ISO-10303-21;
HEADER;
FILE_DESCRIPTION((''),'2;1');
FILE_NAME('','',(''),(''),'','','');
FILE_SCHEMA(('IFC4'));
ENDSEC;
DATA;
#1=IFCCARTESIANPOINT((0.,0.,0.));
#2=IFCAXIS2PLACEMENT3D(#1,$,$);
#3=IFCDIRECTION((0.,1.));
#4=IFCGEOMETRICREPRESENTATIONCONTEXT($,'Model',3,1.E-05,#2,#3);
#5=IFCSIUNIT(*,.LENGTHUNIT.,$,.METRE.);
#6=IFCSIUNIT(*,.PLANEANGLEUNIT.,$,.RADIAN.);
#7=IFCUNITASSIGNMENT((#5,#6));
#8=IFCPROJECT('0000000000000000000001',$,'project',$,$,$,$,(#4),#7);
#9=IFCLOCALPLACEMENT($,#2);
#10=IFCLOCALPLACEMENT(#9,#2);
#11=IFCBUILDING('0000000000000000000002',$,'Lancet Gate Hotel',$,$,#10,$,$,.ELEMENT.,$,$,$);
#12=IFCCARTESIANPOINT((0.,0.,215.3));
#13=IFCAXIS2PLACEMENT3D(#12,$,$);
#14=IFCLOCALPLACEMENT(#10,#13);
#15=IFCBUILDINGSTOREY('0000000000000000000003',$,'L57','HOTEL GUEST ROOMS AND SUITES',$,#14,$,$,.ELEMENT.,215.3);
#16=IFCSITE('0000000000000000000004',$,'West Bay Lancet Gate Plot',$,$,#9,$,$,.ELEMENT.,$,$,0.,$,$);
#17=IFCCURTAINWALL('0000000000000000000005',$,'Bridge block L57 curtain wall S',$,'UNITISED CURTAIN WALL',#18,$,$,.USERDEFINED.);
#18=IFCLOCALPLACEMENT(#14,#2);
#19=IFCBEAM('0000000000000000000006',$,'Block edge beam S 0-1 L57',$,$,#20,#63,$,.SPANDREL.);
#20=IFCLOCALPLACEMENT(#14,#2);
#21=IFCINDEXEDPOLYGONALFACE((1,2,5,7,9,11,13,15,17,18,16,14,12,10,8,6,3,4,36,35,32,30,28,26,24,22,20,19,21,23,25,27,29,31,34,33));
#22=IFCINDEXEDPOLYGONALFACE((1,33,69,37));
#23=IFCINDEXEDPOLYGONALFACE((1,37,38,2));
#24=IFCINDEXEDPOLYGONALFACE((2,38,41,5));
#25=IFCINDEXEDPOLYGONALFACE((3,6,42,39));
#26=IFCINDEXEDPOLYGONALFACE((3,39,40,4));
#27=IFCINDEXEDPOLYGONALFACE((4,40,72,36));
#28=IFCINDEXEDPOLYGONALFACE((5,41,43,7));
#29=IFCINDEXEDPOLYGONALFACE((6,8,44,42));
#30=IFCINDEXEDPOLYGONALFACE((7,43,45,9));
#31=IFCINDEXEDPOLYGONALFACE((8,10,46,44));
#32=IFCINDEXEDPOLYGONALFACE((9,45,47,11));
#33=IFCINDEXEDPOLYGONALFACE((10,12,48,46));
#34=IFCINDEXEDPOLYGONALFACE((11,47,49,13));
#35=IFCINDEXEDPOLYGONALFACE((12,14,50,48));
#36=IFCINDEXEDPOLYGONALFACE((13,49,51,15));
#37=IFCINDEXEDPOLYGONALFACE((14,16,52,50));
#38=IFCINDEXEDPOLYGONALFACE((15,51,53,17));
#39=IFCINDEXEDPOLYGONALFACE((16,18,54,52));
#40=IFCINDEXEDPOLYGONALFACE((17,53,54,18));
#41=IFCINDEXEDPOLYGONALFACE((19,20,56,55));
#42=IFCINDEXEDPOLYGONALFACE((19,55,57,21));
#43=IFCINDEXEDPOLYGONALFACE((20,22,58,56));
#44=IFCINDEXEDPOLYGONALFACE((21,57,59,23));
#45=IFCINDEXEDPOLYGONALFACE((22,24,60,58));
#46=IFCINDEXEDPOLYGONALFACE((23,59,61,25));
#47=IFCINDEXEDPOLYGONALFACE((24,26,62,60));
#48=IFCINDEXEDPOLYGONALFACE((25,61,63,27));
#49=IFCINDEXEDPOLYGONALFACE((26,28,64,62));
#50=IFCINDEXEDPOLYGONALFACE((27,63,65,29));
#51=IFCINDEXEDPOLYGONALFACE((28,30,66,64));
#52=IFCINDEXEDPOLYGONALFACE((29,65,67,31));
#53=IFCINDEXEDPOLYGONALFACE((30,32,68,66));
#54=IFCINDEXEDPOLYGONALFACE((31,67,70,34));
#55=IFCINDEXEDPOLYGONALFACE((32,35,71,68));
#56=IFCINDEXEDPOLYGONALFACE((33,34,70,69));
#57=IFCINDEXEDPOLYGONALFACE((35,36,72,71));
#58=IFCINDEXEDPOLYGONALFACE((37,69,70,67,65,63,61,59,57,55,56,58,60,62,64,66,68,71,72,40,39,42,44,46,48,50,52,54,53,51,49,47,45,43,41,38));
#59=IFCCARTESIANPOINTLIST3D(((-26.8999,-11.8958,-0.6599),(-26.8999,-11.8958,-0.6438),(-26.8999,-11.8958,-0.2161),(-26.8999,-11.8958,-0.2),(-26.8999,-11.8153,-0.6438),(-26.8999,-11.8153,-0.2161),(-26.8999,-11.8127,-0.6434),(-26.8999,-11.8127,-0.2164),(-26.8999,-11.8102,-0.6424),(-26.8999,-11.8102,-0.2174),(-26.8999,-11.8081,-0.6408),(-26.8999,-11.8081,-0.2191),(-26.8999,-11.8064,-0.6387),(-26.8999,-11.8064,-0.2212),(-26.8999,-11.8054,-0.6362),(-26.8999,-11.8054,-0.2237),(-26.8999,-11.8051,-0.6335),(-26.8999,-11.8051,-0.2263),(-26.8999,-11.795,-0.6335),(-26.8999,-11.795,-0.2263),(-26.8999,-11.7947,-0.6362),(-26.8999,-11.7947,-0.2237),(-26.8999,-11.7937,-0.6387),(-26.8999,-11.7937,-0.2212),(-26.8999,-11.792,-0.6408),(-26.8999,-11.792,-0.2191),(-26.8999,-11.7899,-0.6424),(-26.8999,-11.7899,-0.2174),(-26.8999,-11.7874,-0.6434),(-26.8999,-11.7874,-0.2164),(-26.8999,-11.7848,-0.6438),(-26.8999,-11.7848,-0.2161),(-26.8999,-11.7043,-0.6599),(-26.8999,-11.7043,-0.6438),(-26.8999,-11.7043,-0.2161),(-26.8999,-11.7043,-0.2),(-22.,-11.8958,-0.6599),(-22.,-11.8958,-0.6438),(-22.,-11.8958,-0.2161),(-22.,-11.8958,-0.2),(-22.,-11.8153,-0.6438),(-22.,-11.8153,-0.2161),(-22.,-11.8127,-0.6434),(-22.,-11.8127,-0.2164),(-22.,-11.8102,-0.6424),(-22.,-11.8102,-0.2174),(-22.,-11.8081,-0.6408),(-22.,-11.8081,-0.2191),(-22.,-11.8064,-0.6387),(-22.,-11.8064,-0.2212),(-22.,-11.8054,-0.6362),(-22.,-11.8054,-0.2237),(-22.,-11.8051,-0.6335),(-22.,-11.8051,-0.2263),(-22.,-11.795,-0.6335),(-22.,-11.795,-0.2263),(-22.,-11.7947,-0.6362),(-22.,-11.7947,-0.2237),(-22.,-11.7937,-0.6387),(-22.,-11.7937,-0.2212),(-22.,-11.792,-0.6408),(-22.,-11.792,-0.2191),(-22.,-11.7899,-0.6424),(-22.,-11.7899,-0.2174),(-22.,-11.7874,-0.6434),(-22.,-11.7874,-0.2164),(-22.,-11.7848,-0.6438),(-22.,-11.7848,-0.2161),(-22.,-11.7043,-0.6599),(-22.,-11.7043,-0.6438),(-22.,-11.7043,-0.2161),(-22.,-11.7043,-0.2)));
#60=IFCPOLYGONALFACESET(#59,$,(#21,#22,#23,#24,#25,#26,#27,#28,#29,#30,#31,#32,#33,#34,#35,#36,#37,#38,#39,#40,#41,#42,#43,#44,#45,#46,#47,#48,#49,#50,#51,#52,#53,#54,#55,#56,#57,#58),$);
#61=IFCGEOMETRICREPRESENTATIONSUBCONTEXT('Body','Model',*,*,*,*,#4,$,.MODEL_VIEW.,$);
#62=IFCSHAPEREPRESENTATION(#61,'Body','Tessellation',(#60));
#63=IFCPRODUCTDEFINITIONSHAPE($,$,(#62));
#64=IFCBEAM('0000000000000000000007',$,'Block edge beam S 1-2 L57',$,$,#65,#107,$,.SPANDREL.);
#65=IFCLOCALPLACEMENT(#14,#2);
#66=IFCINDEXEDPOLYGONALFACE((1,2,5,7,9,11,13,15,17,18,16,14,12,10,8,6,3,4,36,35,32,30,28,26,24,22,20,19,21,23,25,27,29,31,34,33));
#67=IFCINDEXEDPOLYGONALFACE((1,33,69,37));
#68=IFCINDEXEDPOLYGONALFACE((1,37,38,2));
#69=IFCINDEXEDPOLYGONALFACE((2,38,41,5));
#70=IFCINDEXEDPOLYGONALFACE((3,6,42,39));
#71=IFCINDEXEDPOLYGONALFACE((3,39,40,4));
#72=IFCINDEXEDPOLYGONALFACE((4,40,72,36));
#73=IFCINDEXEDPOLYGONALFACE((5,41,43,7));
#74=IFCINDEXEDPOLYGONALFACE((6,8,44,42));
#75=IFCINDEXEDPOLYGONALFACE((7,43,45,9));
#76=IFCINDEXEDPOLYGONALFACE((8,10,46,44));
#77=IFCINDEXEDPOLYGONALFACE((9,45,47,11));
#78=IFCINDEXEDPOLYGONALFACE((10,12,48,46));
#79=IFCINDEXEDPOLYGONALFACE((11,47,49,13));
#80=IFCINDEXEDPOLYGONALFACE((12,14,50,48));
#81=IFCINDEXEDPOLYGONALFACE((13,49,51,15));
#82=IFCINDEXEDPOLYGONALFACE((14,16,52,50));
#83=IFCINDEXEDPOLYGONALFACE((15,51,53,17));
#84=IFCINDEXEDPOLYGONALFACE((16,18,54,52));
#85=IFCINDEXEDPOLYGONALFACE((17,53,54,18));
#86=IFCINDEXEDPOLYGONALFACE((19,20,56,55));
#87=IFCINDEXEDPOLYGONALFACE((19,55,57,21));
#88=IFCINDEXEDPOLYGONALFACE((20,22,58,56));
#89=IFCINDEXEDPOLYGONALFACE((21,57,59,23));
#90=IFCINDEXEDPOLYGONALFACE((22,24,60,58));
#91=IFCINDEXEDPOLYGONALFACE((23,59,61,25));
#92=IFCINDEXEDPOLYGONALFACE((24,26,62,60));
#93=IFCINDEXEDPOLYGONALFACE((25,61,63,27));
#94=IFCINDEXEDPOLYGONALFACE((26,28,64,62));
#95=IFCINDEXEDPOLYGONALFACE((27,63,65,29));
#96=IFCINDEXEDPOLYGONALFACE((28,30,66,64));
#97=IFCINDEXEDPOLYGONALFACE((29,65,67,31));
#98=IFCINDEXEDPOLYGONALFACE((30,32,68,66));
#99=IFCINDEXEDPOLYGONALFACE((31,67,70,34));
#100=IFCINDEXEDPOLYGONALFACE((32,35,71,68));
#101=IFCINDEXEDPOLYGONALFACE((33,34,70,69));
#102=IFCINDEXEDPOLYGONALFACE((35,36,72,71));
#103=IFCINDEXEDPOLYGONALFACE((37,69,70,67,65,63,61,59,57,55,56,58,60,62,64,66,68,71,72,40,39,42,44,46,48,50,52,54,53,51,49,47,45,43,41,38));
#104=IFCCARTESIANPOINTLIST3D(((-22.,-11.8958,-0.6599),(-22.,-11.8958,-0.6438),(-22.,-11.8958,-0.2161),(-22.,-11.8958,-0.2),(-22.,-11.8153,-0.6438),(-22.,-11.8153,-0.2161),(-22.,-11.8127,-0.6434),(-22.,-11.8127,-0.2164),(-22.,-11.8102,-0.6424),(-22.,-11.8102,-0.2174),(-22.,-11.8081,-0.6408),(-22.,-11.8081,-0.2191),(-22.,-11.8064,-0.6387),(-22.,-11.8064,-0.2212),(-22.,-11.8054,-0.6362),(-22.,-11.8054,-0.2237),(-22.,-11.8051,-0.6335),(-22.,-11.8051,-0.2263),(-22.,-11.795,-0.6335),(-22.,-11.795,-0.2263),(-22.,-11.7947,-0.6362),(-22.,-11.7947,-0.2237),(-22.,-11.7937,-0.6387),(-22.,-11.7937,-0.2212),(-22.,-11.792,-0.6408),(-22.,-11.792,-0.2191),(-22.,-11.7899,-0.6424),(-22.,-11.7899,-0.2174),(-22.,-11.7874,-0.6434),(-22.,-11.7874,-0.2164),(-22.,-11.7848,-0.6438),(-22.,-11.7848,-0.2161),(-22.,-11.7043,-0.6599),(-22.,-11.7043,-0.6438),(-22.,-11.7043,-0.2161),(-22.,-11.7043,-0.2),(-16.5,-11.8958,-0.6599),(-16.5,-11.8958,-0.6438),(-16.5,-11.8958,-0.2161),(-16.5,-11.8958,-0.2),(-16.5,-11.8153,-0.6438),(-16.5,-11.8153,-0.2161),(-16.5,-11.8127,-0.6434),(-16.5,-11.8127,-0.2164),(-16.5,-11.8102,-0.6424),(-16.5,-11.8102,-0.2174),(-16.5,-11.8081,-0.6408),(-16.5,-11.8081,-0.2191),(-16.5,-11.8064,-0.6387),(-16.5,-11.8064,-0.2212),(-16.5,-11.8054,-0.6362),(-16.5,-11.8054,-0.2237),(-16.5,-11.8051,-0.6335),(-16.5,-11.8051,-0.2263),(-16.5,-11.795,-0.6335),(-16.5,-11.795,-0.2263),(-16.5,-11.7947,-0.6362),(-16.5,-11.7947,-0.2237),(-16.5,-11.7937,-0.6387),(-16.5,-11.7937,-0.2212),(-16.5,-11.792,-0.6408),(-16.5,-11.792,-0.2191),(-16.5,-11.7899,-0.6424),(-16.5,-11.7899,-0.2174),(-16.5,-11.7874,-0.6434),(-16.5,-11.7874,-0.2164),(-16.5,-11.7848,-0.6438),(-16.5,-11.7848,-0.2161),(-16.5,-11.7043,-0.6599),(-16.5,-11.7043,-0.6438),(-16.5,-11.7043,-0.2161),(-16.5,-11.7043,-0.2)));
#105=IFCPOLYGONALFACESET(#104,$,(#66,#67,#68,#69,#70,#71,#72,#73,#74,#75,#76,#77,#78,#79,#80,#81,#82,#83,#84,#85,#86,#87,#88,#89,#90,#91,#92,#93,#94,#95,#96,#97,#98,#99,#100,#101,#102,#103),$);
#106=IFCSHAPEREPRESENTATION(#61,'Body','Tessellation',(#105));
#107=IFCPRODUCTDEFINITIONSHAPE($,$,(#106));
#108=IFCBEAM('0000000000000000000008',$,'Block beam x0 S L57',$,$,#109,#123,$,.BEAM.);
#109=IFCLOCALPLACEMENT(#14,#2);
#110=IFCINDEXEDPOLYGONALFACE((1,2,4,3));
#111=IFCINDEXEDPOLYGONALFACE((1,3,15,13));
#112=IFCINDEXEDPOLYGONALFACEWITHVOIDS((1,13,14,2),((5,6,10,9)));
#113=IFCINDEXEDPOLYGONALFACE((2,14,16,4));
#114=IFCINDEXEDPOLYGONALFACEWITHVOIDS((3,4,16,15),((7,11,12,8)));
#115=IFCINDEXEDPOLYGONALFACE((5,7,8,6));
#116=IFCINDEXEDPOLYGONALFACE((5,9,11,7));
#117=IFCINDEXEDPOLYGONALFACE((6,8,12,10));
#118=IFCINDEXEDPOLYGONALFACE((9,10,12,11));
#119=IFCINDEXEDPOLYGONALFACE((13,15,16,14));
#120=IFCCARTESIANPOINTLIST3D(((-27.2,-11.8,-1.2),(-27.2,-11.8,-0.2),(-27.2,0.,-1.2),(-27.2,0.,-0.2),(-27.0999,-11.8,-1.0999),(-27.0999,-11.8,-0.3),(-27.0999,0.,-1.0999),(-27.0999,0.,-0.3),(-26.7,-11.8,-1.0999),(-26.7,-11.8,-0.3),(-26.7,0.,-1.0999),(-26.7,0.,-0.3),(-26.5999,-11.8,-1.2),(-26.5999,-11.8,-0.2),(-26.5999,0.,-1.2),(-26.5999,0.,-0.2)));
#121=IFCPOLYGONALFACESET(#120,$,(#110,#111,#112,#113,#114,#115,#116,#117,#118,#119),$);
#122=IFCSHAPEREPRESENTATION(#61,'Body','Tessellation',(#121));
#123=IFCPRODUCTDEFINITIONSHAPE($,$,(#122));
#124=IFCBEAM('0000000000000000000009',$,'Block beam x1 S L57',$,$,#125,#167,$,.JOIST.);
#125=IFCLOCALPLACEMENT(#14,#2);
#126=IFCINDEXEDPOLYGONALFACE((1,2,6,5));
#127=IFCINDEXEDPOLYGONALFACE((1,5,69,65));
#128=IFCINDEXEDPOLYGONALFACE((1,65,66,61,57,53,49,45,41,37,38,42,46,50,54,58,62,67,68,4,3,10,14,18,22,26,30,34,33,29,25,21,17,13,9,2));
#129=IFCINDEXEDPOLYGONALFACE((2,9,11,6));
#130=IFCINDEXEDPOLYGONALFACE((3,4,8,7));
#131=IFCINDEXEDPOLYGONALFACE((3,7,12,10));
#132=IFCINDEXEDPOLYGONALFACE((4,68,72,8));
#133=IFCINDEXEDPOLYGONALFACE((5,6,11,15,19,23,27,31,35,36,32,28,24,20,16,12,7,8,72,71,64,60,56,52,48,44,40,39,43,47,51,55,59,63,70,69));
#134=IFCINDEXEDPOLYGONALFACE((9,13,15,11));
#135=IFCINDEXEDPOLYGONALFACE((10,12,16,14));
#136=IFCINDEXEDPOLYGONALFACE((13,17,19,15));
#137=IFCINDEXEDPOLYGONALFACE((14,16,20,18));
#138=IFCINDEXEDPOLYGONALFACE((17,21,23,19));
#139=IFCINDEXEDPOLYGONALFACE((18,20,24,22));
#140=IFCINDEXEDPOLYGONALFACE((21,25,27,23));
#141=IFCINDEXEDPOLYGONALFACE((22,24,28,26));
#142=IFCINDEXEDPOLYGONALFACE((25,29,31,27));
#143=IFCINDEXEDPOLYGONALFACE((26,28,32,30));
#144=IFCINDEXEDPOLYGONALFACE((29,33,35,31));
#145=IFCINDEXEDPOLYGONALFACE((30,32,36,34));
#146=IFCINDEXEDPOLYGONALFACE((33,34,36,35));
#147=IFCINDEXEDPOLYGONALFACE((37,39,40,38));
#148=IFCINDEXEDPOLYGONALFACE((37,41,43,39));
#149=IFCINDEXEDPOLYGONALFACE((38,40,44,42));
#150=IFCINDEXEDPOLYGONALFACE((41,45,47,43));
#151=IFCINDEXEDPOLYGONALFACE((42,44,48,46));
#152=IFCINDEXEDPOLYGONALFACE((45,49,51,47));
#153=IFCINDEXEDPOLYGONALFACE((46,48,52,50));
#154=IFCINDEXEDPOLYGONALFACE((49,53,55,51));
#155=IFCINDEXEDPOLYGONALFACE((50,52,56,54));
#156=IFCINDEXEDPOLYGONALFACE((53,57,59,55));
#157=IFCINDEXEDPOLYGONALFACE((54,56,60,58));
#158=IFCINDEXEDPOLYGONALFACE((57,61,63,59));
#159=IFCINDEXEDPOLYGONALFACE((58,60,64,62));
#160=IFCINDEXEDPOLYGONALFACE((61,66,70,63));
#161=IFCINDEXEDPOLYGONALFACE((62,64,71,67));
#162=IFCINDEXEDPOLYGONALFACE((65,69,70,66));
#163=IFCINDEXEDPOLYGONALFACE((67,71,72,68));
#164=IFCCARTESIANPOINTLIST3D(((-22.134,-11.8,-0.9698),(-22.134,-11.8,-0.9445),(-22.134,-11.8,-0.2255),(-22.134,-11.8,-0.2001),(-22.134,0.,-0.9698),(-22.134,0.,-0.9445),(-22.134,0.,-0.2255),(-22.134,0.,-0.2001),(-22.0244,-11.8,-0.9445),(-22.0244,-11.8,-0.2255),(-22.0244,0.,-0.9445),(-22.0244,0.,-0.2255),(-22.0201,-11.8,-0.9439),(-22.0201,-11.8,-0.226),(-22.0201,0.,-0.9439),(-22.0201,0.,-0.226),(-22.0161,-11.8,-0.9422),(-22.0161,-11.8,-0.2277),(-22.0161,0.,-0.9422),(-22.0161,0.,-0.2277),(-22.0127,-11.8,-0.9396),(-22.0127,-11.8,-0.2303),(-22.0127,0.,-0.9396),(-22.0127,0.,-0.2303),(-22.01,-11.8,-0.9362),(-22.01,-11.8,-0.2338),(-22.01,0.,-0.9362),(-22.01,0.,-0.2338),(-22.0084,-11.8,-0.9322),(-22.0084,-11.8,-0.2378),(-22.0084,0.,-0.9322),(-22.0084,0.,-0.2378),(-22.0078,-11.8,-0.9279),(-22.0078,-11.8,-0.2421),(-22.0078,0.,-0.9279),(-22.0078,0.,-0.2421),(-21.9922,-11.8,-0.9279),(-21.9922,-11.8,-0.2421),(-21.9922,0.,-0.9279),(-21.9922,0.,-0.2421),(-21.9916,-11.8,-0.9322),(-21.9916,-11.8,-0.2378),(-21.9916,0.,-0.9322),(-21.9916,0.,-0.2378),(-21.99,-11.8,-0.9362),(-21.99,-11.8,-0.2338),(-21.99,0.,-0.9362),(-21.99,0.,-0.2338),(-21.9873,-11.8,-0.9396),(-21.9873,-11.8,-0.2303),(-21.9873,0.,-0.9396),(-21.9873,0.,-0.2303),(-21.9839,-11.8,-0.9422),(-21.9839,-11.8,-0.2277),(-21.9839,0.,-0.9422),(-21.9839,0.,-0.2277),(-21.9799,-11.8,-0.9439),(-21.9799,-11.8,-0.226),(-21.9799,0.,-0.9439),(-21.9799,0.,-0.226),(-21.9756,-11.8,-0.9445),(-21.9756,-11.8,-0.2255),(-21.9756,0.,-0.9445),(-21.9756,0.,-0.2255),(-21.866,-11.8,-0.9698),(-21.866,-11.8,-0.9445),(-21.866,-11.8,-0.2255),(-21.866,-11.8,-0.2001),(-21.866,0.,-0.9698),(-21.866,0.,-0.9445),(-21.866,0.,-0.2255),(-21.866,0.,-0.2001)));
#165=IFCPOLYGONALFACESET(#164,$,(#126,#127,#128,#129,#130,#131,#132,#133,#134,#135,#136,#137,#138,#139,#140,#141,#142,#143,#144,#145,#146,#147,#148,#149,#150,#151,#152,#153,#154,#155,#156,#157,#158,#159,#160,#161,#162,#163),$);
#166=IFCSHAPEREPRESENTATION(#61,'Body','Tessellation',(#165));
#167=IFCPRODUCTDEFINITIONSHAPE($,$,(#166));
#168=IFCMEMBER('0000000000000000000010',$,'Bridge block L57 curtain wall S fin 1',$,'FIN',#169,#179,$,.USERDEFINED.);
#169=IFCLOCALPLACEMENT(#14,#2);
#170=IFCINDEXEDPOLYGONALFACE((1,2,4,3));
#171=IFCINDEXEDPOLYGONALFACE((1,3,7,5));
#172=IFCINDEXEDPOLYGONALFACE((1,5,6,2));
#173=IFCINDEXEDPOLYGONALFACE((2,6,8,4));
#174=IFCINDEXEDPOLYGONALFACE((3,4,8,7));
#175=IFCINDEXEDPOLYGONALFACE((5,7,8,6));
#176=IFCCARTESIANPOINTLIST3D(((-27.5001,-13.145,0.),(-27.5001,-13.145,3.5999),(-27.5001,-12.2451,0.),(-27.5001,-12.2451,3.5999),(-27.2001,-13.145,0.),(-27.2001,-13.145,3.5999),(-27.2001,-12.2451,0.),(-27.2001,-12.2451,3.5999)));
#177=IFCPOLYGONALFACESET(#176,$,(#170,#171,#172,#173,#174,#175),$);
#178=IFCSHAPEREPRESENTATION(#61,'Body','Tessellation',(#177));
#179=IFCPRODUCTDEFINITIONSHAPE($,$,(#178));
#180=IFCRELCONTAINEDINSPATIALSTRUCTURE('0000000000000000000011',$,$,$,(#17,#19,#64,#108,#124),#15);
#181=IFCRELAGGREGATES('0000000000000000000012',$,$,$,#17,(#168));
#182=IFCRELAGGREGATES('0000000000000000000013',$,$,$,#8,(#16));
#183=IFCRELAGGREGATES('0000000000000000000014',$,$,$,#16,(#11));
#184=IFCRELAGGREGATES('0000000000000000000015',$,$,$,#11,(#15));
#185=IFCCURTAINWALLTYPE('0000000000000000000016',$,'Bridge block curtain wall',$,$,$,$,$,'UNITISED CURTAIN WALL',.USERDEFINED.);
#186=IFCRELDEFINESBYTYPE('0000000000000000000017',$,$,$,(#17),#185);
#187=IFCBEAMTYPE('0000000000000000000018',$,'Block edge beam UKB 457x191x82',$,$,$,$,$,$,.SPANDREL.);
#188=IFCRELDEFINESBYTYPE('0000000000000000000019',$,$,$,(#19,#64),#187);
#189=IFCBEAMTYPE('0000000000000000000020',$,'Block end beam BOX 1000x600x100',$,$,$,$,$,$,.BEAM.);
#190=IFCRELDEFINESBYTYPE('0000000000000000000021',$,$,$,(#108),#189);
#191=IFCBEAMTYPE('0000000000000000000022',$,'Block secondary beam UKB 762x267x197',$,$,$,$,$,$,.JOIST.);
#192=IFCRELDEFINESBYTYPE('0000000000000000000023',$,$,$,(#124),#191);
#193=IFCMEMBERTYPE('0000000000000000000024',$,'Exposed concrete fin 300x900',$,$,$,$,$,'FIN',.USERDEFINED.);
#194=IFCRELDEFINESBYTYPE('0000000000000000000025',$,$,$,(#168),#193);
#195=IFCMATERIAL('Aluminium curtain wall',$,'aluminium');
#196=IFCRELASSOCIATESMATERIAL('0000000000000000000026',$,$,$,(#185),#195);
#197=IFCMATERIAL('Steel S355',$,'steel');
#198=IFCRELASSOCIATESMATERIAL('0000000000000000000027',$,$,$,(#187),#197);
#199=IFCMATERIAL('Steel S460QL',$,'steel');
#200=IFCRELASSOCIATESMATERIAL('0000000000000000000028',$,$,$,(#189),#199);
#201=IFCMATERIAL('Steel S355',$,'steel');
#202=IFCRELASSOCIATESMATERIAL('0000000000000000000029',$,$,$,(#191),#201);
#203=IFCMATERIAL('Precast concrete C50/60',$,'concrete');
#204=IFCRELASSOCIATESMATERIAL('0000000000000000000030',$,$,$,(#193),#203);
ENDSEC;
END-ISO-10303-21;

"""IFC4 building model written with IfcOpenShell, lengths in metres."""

from ifc_helpers import new_model, si_unit, direction, frame, origin, origin_2d, place, context, subcontext, project, spatial, rectangle, hollow_rectangle, i_section, extrude, material, material_profile, profile_set, type_object, element, aggregate, save


model = new_model("IFC4")

# Units and contexts
model_context = context("Model", 3, precision=1e-05, world=origin(), true_north=direction((0.0, 1.0)))
body_context = subcontext(model_context, "Body", "Model", "MODEL_VIEW")
ifc_project = project(units=[si_unit("LENGTHUNIT", "METRE"), si_unit("PLANEANGLEUNIT", "RADIAN")], contexts=[model_context])

# Site, building, storey
site_placement = place(None, origin())
site = spatial("IfcSite", under=ifc_project, at=site_placement, Name="West Bay Lancet Gate Plot", CompositionType="ELEMENT", RefElevation=0.0)
building_placement = place(site_placement, origin())
building = spatial("IfcBuilding", under=site, at=building_placement, Name="Lancet Gate Hotel", CompositionType="ELEMENT")
storey_placement = place(building_placement, frame((0.0, 0.0, 215.3)))
storey = spatial("IfcBuildingStorey", under=building, at=storey_placement, Name="L57", Description="HOTEL GUEST ROOMS AND SUITES", CompositionType="ELEMENT", Elevation=215.3)

# Curtain wall
ifc_material_1 = material(Name="Aluminium curtain wall", Category="aluminium")
curtain_wall_type_1 = type_object("IfcCurtainWallType", Name="Bridge block curtain wall", ElementType="UNITISED CURTAIN WALL", PredefinedType="USERDEFINED", material=ifc_material_1)
curtain_wall_1_placement = place(storey_placement, origin())
curtain_wall_1 = element("IfcCurtainWall", 1, at=curtain_wall_1_placement, inside=storey, type_object=curtain_wall_type_1, Name="Bridge block L57 curtain wall S", ObjectType="UNITISED CURTAIN WALL", PredefinedType="USERDEFINED")

# Beams
ifc_material_2 = material(Name="Steel S355", Category="steel")
ifc_material_profile_1 = material_profile(ifc_material_2, i_section(OverallWidth=0.1914, OverallDepth=0.46, WebThickness=0.01, FlangeThickness=0.0161, FilletRadius=0.0103, at=origin_2d()), Name="UKB 457x191x82")
ifc_profile_set_1 = profile_set([ifc_material_profile_1], Name="Steel S355")
beam_type_1 = type_object("IfcBeamType", Name="Block edge beam UKB 457x191x82", PredefinedType="SPANDREL", material=ifc_profile_set_1)
beam_1_placement = place(storey_placement, frame((-26.8999, -11.8, -0.4299), z_axis=(1.0, 0.0, 0.0), x_axis=(0.0, 1.0, 0.0)))
element("IfcBeam", 2, at=beam_1_placement, inside=storey, type_object=beam_type_1, Name="Block edge beam S 0-1 L57", PredefinedType="SPANDREL", context=body_context, shape_type="SweptSolid", body=[
    extrude(i_section(OverallWidth=0.1914, OverallDepth=0.46, WebThickness=0.01, FlangeThickness=0.0161, FilletRadius=0.0103, at=origin_2d()), origin(), (0.0, 0.0, 1.0), 4.8999),
])
beam_2_placement = place(storey_placement, frame((-22.0, -11.8, -0.4299), z_axis=(1.0, 0.0, 0.0), x_axis=(0.0, 1.0, 0.0)))
element("IfcBeam", 3, at=beam_2_placement, inside=storey, type_object=beam_type_1, Name="Block edge beam S 1-2 L57", PredefinedType="SPANDREL", context=body_context, shape_type="SweptSolid", body=[
    extrude(i_section(OverallWidth=0.1914, OverallDepth=0.46, WebThickness=0.01, FlangeThickness=0.0161, FilletRadius=0.0103, at=origin_2d()), origin(), (0.0, 0.0, 1.0), 5.5),
])
ifc_material_3 = material(Name="Steel S460QL", Category="steel")
ifc_material_profile_2 = material_profile(ifc_material_3, hollow_rectangle(XDim=0.6001, YDim=1.0, WallThickness=0.1001, at=origin_2d()), Name="BOX 1000x600x100")
ifc_profile_set_2 = profile_set([ifc_material_profile_2], Name="Steel S460QL")
beam_type_2 = type_object("IfcBeamType", Name="Block end beam BOX 1000x600x100", PredefinedType="BEAM", material=ifc_profile_set_2)
beam_3_placement = place(storey_placement, frame((-26.8999, -11.8, -0.7), z_axis=(0.0, 1.0, 0.0), x_axis=(-1.0, 0.0, 0.0)))
element("IfcBeam", 4, at=beam_3_placement, inside=storey, type_object=beam_type_2, Name="Block beam x0 S L57", PredefinedType="BEAM", context=body_context, shape_type="SweptSolid", body=[
    extrude(hollow_rectangle(XDim=0.6001, YDim=1.0, WallThickness=0.1001, at=origin_2d()), origin(), (0.0, 0.0, 1.0), 11.8),
])
ifc_material_4 = material(Name="Steel S355", Category="steel")
ifc_material_profile_3 = material_profile(ifc_material_4, i_section(OverallWidth=0.2681, OverallDepth=0.7698, WebThickness=0.0156, FlangeThickness=0.0254, FilletRadius=0.0166, at=origin_2d()), Name="UKB 762x267x197")
ifc_profile_set_3 = profile_set([ifc_material_profile_3], Name="Steel S355")
beam_type_3 = type_object("IfcBeamType", Name="Block secondary beam UKB 762x267x197", PredefinedType="JOIST", material=ifc_profile_set_3)
beam_4_placement = place(storey_placement, frame((-22.0, -11.8, -0.585), z_axis=(0.0, 1.0, 0.0), x_axis=(-1.0, 0.0, 0.0)))
element("IfcBeam", 5, at=beam_4_placement, inside=storey, type_object=beam_type_3, Name="Block beam x1 S L57", PredefinedType="JOIST", context=body_context, shape_type="SweptSolid", body=[
    extrude(i_section(OverallWidth=0.2681, OverallDepth=0.7698, WebThickness=0.0156, FlangeThickness=0.0254, FilletRadius=0.0166, at=origin_2d()), origin(), (0.0, 0.0, 1.0), 11.8),
])

# Member
ifc_material_5 = material(Name="Precast concrete C50/60", Category="concrete")
ifc_material_profile_4 = material_profile(ifc_material_5, rectangle(XDim=0.3, YDim=0.8999, at=origin_2d()), Name="FIN 300x900")
ifc_profile_set_4 = profile_set([ifc_material_profile_4], Name="Precast concrete C50/60")
member_type_1 = type_object("IfcMemberType", Name="Exposed concrete fin 300x900", ElementType="FIN", PredefinedType="USERDEFINED", material=ifc_profile_set_4)
member_1_placement = place(storey_placement, frame((-27.3501, -12.6951, 0.0), z_axis=(0.0, 0.0, 1.0), x_axis=(1.0, 0.0, 0.0)))
member_1 = element("IfcMember", 6, at=member_1_placement, type_object=member_type_1, Name="Bridge block L57 curtain wall S fin 1", ObjectType="FIN", PredefinedType="USERDEFINED", context=body_context, shape_type="SweptSolid", body=[
    extrude(rectangle(XDim=0.3, YDim=0.8999, at=origin_2d()), origin(), (0.0, 0.0, 1.0), 3.5999),
])

aggregate(curtain_wall_1, [member_1])

save(model, "model.ifc")
